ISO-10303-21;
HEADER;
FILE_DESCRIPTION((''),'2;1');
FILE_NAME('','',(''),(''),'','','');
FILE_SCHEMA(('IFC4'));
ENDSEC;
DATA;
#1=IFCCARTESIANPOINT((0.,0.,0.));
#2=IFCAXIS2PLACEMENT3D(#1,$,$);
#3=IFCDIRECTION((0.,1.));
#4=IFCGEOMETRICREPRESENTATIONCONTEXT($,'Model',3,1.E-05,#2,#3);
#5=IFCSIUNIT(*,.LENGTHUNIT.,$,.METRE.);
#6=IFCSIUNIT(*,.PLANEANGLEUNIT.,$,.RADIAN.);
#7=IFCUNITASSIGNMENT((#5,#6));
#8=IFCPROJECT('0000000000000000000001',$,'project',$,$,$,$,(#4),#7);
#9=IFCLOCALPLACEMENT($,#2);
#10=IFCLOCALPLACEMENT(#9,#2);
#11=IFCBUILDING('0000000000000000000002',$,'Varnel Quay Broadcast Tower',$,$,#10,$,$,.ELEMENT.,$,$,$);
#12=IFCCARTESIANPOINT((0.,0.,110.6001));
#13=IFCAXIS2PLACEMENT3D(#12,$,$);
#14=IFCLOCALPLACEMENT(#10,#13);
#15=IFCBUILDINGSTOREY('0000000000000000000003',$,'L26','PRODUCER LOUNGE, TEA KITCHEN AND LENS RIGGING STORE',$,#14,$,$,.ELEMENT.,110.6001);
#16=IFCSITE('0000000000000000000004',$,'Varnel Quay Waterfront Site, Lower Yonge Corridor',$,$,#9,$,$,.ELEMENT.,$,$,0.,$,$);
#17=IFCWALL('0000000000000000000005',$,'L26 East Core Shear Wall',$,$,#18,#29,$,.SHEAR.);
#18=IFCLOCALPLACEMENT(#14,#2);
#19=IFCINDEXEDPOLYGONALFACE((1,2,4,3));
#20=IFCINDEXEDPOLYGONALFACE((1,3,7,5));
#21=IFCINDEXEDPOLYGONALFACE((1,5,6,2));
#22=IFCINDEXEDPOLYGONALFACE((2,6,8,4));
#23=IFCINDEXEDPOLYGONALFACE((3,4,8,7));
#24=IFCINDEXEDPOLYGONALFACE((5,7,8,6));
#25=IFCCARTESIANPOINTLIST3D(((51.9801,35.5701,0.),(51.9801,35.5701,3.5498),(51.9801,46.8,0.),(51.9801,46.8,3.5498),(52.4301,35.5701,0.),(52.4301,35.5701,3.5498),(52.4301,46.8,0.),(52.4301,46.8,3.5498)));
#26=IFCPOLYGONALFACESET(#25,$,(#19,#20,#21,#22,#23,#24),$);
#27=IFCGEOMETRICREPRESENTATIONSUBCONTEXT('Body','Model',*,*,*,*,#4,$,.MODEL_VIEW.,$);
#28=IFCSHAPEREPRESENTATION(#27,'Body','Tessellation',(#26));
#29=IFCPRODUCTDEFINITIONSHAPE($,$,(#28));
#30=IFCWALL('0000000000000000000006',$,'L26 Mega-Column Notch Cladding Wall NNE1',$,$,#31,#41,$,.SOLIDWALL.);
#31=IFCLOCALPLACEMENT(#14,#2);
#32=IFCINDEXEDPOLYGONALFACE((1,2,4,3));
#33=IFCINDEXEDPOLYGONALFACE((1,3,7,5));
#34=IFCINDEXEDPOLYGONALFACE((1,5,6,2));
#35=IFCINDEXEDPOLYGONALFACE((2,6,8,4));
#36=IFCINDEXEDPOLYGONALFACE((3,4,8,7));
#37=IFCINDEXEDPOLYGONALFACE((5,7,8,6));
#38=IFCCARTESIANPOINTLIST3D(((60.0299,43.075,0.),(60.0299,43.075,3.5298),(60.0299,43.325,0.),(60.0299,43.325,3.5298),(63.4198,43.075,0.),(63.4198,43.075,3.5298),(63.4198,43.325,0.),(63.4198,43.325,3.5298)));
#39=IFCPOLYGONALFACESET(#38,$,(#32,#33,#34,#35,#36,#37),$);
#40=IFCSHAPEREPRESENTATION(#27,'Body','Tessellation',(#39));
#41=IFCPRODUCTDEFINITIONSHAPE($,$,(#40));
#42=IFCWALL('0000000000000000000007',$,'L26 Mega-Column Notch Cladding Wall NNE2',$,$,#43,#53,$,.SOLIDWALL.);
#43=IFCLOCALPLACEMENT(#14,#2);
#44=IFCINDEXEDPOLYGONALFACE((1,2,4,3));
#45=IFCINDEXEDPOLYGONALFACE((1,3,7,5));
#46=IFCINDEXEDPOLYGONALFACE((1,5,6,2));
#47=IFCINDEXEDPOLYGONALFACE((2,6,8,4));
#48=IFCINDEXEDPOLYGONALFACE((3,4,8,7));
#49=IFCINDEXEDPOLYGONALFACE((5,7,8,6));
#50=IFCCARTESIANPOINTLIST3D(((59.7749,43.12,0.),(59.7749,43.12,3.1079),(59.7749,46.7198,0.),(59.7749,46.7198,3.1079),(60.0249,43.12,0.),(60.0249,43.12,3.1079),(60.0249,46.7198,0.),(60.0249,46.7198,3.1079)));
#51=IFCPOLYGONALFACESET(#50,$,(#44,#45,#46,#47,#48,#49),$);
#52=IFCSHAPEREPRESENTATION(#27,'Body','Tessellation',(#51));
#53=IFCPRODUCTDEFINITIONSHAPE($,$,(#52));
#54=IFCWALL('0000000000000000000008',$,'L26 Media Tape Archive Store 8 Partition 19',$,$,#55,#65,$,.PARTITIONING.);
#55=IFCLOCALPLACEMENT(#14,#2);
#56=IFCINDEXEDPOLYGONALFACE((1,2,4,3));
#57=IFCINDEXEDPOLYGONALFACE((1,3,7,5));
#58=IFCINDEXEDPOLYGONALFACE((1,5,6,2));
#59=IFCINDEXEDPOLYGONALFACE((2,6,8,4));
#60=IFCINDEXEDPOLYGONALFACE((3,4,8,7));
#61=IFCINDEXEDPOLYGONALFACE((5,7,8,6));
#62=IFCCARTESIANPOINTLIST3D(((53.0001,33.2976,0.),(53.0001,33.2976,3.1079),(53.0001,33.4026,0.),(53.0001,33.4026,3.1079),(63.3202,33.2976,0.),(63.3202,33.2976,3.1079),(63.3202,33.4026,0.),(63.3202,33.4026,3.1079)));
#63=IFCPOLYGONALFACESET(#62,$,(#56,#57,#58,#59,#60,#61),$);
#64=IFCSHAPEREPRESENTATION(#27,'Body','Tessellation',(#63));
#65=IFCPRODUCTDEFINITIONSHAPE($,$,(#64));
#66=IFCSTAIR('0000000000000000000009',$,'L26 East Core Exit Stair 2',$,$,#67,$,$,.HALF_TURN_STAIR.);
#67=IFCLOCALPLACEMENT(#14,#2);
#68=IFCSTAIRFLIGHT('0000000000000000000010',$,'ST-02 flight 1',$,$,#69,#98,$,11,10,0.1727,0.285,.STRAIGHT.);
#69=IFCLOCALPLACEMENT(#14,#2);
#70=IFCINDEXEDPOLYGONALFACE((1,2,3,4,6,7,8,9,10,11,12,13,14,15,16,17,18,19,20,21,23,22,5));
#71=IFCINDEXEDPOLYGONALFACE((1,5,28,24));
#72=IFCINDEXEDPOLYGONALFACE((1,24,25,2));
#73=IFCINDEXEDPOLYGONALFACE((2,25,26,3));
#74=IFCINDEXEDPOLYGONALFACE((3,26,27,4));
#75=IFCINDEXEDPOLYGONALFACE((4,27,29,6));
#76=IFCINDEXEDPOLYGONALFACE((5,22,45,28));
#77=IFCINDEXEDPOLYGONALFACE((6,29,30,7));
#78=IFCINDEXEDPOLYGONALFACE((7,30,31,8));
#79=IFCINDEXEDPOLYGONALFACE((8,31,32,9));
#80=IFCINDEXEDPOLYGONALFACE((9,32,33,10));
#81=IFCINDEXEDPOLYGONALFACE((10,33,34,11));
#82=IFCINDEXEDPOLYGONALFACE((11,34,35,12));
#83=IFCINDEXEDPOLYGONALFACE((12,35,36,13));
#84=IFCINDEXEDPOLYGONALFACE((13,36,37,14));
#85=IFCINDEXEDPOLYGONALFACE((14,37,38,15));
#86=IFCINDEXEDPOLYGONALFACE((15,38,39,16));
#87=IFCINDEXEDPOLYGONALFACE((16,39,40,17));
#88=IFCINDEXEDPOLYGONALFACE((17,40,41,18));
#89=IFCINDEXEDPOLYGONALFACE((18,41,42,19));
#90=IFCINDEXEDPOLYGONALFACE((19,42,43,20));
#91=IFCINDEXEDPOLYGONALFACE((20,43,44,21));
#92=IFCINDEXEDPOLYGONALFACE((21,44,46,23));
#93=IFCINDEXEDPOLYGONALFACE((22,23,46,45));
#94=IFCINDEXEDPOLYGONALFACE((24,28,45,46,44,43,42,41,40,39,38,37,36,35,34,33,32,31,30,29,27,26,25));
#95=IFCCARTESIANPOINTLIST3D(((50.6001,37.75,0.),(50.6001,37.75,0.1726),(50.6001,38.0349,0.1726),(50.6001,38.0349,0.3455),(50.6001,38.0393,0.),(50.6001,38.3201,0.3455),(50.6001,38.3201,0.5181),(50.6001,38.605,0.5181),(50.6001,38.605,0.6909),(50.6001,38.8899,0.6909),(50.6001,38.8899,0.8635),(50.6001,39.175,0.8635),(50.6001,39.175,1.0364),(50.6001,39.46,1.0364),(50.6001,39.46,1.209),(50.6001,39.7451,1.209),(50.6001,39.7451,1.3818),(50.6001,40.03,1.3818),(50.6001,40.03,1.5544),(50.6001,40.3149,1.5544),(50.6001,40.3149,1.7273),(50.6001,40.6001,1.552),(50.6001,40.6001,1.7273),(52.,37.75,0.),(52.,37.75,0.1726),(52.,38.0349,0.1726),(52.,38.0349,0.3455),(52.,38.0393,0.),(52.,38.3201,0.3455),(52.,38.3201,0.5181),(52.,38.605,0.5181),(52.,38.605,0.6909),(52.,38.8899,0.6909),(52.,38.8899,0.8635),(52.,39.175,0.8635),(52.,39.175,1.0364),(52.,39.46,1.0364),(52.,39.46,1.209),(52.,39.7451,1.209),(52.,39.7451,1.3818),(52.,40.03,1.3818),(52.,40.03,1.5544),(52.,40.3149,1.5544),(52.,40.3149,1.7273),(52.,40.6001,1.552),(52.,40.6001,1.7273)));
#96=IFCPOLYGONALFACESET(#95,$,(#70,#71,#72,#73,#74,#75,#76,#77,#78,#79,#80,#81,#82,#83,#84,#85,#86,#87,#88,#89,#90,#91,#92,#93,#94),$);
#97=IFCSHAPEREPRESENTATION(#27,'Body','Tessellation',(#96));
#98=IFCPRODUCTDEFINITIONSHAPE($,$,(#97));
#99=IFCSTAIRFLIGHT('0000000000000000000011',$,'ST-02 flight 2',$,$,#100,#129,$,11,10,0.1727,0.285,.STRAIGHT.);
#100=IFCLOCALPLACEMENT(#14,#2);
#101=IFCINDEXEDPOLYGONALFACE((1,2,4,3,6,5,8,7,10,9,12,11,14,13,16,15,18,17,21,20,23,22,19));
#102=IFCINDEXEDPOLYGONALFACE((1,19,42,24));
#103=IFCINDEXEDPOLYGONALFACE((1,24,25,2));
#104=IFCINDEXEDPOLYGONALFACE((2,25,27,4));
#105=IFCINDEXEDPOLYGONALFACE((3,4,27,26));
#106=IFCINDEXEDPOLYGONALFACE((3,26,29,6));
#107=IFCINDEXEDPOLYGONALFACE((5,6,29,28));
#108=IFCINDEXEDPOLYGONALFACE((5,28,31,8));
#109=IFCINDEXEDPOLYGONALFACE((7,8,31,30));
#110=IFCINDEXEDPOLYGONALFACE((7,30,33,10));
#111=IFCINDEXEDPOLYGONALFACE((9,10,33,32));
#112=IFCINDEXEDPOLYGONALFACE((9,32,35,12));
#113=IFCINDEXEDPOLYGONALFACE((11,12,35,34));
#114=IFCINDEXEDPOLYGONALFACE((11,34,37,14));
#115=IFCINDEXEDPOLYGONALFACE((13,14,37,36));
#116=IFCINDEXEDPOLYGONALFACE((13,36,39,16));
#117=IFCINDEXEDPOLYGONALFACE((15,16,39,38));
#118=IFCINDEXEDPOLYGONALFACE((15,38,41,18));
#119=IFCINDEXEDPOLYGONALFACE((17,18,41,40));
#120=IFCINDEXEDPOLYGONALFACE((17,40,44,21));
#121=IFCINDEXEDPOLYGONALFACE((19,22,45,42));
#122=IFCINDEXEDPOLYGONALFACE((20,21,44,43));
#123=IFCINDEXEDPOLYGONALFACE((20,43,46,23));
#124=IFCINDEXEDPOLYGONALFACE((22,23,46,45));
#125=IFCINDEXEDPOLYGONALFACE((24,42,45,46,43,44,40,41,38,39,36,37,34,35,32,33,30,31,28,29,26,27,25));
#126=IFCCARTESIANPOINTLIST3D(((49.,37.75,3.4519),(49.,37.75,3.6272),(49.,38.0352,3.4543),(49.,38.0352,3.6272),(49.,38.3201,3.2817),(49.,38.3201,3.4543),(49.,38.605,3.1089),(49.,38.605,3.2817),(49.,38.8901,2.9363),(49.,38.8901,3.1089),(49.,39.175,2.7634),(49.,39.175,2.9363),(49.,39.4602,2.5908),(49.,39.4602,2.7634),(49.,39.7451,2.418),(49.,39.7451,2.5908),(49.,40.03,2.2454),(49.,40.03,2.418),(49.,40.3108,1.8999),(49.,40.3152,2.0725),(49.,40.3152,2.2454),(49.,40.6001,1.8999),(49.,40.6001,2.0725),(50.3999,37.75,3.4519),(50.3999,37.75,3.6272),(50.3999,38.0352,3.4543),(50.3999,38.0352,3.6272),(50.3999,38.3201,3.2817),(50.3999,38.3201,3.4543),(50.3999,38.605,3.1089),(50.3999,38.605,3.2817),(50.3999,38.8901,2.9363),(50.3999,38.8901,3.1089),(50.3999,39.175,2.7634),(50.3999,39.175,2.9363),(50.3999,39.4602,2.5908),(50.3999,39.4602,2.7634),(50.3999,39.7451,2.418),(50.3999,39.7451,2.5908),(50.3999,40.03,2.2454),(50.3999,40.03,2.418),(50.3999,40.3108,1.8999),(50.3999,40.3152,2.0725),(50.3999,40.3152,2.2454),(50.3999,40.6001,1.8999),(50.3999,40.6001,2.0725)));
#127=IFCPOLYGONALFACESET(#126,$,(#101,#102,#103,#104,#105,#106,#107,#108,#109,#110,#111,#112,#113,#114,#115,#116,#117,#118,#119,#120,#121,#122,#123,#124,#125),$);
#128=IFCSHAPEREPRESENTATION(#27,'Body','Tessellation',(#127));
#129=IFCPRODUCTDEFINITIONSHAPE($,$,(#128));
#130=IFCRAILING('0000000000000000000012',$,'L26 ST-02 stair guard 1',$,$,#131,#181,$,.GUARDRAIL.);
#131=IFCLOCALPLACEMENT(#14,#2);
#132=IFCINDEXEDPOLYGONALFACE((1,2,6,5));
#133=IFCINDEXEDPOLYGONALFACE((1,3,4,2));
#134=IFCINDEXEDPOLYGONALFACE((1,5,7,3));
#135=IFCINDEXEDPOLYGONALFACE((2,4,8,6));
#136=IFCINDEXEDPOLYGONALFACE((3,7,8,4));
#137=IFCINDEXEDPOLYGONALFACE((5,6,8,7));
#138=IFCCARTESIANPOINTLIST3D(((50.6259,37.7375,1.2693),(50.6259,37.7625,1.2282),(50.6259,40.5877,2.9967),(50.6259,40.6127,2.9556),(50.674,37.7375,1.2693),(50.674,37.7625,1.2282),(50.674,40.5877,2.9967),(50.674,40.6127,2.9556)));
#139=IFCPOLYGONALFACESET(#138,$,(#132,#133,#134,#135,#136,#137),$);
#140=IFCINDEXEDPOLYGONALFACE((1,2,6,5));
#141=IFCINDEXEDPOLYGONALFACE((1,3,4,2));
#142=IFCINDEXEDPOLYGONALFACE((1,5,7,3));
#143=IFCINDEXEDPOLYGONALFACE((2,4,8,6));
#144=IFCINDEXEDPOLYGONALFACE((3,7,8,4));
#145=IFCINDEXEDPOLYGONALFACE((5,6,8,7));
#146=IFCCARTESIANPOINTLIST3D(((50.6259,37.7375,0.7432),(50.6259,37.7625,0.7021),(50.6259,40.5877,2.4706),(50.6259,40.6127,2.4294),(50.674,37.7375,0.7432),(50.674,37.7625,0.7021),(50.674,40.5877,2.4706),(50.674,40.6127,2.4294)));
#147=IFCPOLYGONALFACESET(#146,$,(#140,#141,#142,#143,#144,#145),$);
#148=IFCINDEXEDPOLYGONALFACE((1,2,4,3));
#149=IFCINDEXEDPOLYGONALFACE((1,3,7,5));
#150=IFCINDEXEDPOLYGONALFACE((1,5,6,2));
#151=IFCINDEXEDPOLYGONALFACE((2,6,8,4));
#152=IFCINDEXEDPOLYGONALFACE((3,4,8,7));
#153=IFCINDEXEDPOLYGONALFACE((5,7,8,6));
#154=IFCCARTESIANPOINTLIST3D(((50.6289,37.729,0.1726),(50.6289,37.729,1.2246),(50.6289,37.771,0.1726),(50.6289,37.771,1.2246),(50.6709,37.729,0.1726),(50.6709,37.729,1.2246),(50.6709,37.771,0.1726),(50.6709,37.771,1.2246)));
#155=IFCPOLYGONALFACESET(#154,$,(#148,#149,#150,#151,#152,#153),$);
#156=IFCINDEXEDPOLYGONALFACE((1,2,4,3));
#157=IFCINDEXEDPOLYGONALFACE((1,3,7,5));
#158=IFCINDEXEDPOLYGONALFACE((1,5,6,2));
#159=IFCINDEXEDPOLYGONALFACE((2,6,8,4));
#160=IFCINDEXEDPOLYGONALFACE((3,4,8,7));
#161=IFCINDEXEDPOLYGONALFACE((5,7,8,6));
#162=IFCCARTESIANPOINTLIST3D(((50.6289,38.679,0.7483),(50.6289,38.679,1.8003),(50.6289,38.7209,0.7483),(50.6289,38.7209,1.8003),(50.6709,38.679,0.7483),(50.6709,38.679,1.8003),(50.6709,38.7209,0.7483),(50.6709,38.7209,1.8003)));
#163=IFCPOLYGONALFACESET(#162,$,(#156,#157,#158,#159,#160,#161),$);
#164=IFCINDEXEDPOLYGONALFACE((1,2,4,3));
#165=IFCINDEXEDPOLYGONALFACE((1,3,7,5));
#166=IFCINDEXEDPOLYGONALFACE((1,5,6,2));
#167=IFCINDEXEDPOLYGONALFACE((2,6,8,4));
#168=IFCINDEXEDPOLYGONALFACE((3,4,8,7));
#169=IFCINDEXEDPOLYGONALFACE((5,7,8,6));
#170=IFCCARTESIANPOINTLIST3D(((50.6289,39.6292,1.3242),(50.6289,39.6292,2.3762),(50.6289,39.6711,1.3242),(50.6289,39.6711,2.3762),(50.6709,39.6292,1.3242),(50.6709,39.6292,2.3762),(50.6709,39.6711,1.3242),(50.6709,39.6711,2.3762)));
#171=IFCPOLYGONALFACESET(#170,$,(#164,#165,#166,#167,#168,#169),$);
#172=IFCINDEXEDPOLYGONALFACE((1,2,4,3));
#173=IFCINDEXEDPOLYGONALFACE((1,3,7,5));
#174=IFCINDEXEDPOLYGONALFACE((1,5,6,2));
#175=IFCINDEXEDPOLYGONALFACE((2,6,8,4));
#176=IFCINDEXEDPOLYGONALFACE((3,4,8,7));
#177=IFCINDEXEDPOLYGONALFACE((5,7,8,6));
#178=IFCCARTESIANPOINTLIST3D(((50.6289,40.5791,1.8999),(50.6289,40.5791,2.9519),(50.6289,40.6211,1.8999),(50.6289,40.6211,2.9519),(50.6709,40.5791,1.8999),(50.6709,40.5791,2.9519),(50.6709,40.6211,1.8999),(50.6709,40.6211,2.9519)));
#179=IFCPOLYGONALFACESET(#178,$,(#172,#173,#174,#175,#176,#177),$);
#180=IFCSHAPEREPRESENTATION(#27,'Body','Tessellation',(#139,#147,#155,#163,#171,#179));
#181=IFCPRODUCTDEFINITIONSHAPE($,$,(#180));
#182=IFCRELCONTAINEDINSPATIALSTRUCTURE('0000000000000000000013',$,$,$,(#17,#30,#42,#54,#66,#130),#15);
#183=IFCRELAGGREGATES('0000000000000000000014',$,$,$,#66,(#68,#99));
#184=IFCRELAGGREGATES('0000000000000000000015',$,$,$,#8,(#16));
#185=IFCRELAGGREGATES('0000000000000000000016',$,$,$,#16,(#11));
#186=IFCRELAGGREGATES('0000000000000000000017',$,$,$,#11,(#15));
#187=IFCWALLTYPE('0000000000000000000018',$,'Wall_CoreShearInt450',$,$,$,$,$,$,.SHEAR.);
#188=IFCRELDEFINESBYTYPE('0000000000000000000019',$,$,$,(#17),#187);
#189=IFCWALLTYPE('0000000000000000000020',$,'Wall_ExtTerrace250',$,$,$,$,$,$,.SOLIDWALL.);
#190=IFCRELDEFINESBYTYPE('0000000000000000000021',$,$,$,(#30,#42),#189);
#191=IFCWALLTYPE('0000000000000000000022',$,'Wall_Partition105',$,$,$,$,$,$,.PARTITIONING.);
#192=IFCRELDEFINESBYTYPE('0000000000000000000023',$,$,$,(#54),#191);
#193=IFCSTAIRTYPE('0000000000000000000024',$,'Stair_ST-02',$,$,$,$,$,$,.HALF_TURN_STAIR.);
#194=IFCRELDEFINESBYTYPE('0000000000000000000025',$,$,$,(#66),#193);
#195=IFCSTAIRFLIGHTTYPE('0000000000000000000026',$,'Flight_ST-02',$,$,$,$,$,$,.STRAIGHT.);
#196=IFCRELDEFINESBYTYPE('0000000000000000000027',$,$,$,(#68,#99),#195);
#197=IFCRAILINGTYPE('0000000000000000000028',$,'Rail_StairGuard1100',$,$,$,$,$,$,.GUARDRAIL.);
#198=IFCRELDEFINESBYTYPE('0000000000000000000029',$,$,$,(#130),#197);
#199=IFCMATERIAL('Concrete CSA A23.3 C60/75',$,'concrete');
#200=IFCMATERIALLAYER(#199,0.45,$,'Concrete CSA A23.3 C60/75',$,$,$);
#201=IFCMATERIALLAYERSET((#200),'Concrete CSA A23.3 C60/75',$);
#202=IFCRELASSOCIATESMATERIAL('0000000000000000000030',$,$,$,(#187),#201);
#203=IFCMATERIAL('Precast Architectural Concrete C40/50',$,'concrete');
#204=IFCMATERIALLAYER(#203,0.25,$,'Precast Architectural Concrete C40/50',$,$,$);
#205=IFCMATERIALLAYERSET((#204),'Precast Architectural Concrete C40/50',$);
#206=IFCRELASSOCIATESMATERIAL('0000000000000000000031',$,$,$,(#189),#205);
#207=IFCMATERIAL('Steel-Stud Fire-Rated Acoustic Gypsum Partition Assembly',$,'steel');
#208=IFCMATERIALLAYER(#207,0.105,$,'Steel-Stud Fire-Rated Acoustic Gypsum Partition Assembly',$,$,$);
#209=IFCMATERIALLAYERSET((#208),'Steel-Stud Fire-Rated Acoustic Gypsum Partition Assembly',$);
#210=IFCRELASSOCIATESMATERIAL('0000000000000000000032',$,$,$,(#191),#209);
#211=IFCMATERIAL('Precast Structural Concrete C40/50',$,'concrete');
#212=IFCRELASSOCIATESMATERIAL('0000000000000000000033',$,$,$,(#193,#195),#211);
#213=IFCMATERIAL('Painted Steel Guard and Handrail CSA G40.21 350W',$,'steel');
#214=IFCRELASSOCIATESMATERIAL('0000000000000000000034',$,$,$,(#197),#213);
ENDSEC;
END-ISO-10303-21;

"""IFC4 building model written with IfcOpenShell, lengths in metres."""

from ifc_helpers import new_model, si_unit, direction, frame, frame_2d, origin, origin_2d, place, context, subcontext, project, spatial, polyline, rectangle, outline, extrude, material, layer, layer_set, type_object, element, aggregate, save


model = new_model("IFC4")

# Units and contexts
model_context = context("Model", 3, precision=1e-05, world=origin(), true_north=direction((0.0, 1.0)))
body_context = subcontext(model_context, "Body", "Model", "MODEL_VIEW")
ifc_project = project(units=[si_unit("LENGTHUNIT", "METRE"), si_unit("PLANEANGLEUNIT", "RADIAN")], contexts=[model_context])

# Site, building, storey
site_placement = place(None, origin())
site = spatial("IfcSite", under=ifc_project, at=site_placement, Name="Varnel Quay Waterfront Site, Lower Yonge Corridor", CompositionType="ELEMENT", RefElevation=0.0)
building_placement = place(site_placement, origin())
building = spatial("IfcBuilding", under=site, at=building_placement, Name="Varnel Quay Broadcast Tower", CompositionType="ELEMENT")
storey_placement = place(building_placement, frame((0.0, 0.0, 110.6001)))
storey = spatial("IfcBuildingStorey", under=building, at=storey_placement, Name="L26", Description="PRODUCER LOUNGE, TEA KITCHEN AND LENS RIGGING STORE", CompositionType="ELEMENT", Elevation=110.6001)

# Walls
ifc_material_1 = material(Name="Concrete CSA A23.3 C60/75", Category="concrete")
ifc_layer_1 = layer(ifc_material_1, 0.45, Name="Concrete CSA A23.3 C60/75")
ifc_layer_set_1 = layer_set([ifc_layer_1], Name="Concrete CSA A23.3 C60/75")
wall_type_1 = type_object("IfcWallType", Name="Wall_CoreShearInt450", PredefinedType="SHEAR", material=ifc_layer_set_1)
wall_1_placement = place(storey_placement, frame((52.2051, 35.5701, 0.0), z_axis=(0.0, 0.0, 1.0), x_axis=(0.0, 1.0, 0.0)))
element("IfcWall", 1, at=wall_1_placement, inside=storey, type_object=wall_type_1, Name="L26 East Core Shear Wall", PredefinedType="SHEAR", context=body_context, shape_type="SweptSolid", body=[
    extrude(rectangle(XDim=11.23, YDim=0.45, at=frame_2d((5.615, 0.0))), origin(), (0.0, 0.0, 1.0), 3.5498),
])
ifc_material_2 = material(Name="Precast Architectural Concrete C40/50", Category="concrete")
ifc_layer_2 = layer(ifc_material_2, 0.25, Name="Precast Architectural Concrete C40/50")
ifc_layer_set_2 = layer_set([ifc_layer_2], Name="Precast Architectural Concrete C40/50")
wall_type_2 = type_object("IfcWallType", Name="Wall_ExtTerrace250", PredefinedType="SOLIDWALL", material=ifc_layer_set_2)
wall_2_placement = place(storey_placement, frame((60.03, 43.2, 0.0), z_axis=(0.0, 0.0, 1.0), x_axis=(1.0, 0.0, 0.0)))
element("IfcWall", 2, at=wall_2_placement, inside=storey, type_object=wall_type_2, Name="L26 Mega-Column Notch Cladding Wall NNE1", PredefinedType="SOLIDWALL", context=body_context, shape_type="SweptSolid", body=[
    extrude(rectangle(XDim=3.3899, YDim=0.25, at=frame_2d((1.6948, 0.0))), origin(), (0.0, 0.0, 1.0), 3.5298),
])
wall_3_placement = place(storey_placement, frame((59.8999, 43.1201, 0.0), z_axis=(0.0, 0.0, 1.0), x_axis=(0.0, 1.0, 0.0)))
element("IfcWall", 3, at=wall_3_placement, inside=storey, type_object=wall_type_2, Name="L26 Mega-Column Notch Cladding Wall NNE2", PredefinedType="SOLIDWALL", context=body_context, shape_type="SweptSolid", body=[
    extrude(rectangle(XDim=3.5999, YDim=0.25, at=frame_2d((1.7998, 0.0))), origin(), (0.0, 0.0, 1.0), 3.1079),
])
ifc_material_3 = material(Name="Steel-Stud Fire-Rated Acoustic Gypsum Partition Assembly", Category="steel")
ifc_layer_3 = layer(ifc_material_3, 0.105, Name="Steel-Stud Fire-Rated Acoustic Gypsum Partition Assembly")
ifc_layer_set_3 = layer_set([ifc_layer_3], Name="Steel-Stud Fire-Rated Acoustic Gypsum Partition Assembly")
wall_type_3 = type_object("IfcWallType", Name="Wall_Partition105", PredefinedType="PARTITIONING", material=ifc_layer_set_3)
wall_4_placement = place(storey_placement, frame((53.0, 33.3501, 0.0), z_axis=(0.0, 0.0, 1.0), x_axis=(1.0, 0.0, 0.0)))
element("IfcWall", 4, at=wall_4_placement, inside=storey, type_object=wall_type_3, Name="L26 Media Tape Archive Store 8 Partition 19", PredefinedType="PARTITIONING", context=body_context, shape_type="SweptSolid", body=[
    extrude(rectangle(XDim=10.3201, YDim=0.105, at=frame_2d((5.1602, 0.0))), origin(), (0.0, 0.0, 1.0), 3.1079),
])

# Stair, stair flights
ifc_material_4 = material(Name="Precast Structural Concrete C40/50", Category="concrete")
stair_type = type_object("IfcStairType", Name="Stair_ST-02", PredefinedType="HALF_TURN_STAIR", material=ifc_material_4)
stair_placement = place(storey_placement, origin())
stair = element("IfcStair", 5, at=stair_placement, inside=storey, type_object=stair_type, Name="L26 East Core Exit Stair 2", PredefinedType="HALF_TURN_STAIR")
stair_flight_type = type_object("IfcStairFlightType", Name="Flight_ST-02", PredefinedType="STRAIGHT", material=ifc_material_4)
stair_flight_1_placement = place(storey_placement, frame((51.3, 37.75, 0.0), z_axis=(0.0, 0.0, 1.0), x_axis=(0.0, 1.0, 0.0)))
stair_flight_1 = element("IfcStairFlight", 6, at=stair_flight_1_placement, type_object=stair_flight_type, Name="ST-02 flight 1", NumberOfRisers=11, NumberOfTreads=10, PredefinedType="STRAIGHT", RiserHeight=0.1727, TreadLength=0.285, context=body_context, shape_type="SweptSolid", body=[
    extrude(outline(polyline([(0.0, 0.0), (0.0, 0.1726), (0.2849, 0.1726), (0.2849, 0.3455), (0.5701, 0.3455), (0.5701, 0.5181), (0.855, 0.5181), (0.855, 0.6909), (1.1399, 0.6909), (1.1399, 0.8635), (1.425, 0.8635), (1.425, 1.0364), (1.71, 1.0364), (1.71, 1.209), (1.9951, 1.209), (1.9951, 1.3818), (2.28, 1.3818), (2.28, 1.5544), (2.5649, 1.5544), (2.5649, 1.7273), (2.8501, 1.7273), (2.8501, 1.8999), (2.8501, 1.552), (0.2893, 0.0), (0.0, 0.0)])), frame((0.0, 0.7, 0.0), z_axis=(0.0, -1.0, 0.0), x_axis=(1.0, 0.0, 0.0)), (0.0, 0.0, 1.0), 1.3999),
])
stair_flight_2_placement = place(storey_placement, frame((49.7, 40.6001, 1.8999), z_axis=(0.0, 0.0, 1.0), x_axis=(0.0, -1.0, 0.0)))
stair_flight_2 = element("IfcStairFlight", 7, at=stair_flight_2_placement, type_object=stair_flight_type, Name="ST-02 flight 2", NumberOfRisers=11, NumberOfTreads=10, PredefinedType="STRAIGHT", RiserHeight=0.1727, TreadLength=0.285, context=body_context, shape_type="SweptSolid", body=[
    extrude(outline(polyline([(0.0, 0.0), (0.0, 0.1726), (0.2849, 0.1726), (0.2849, 0.3455), (0.5701, 0.3455), (0.5701, 0.5181), (0.855, 0.5181), (0.855, 0.6909), (1.1399, 0.6909), (1.1399, 0.8635), (1.425, 0.8635), (1.425, 1.0364), (1.71, 1.0364), (1.71, 1.209), (1.9951, 1.209), (1.9951, 1.3818), (2.28, 1.3818), (2.28, 1.5544), (2.5649, 1.5544), (2.5649, 1.7273), (2.8501, 1.7273), (2.8501, 1.8999), (2.8501, 1.552), (0.2893, 0.0), (0.0, 0.0)])), frame((0.0, 0.7, 0.0), z_axis=(0.0, -1.0, 0.0), x_axis=(1.0, 0.0, 0.0)), (0.0, 0.0, 1.0), 1.3999),
])
aggregate(stair, [stair_flight_1, stair_flight_2])

# Railing
ifc_material_5 = material(Name="Painted Steel Guard and Handrail CSA G40.21 350W", Category="steel")
railing_type_1 = type_object("IfcRailingType", Name="Rail_StairGuard1100", PredefinedType="GUARDRAIL", material=ifc_material_5)
railing_1_placement = place(storey_placement, frame((50.6499, 37.75, 0.1726)))
element("IfcRailing", 8, at=railing_1_placement, inside=storey, type_object=railing_type_1, Name="L26 ST-02 stair guard 1", PredefinedType="GUARDRAIL", context=body_context, shape_type="SweptSolid", body=[
    extrude(rectangle(XDim=0.0481, YDim=0.0481, at=origin_2d()), frame((0.0, 0.0, 1.0762), z_axis=(0.0, 0.855203, 0.518294), x_axis=(-1.0, 0.0, 0.0)), (0.0, 0.0, 1.0), 3.3328),
    extrude(rectangle(XDim=0.0481, YDim=0.0481, at=origin_2d()), frame((0.0, 0.0, 0.55), z_axis=(0.0, 0.855203, 0.518294), x_axis=(-1.0, 0.0, 0.0)), (0.0, 0.0, 1.0), 3.3328),
    extrude(rectangle(XDim=0.042, YDim=0.042, at=origin_2d()), origin(), (0.0, 0.0, 1.0), 1.052),
    extrude(rectangle(XDim=0.042, YDim=0.042, at=origin_2d()), frame((0.0, 0.95, 0.5757)), (0.0, 0.0, 1.0), 1.052),
    extrude(rectangle(XDim=0.042, YDim=0.042, at=origin_2d()), frame((0.0, 1.9001, 1.1516)), (0.0, 0.0, 1.0), 1.052),
    extrude(rectangle(XDim=0.042, YDim=0.042, at=origin_2d()), frame((0.0, 2.8501, 1.7273)), (0.0, 0.0, 1.0), 1.052),
])

save(model, "model.ifc")
